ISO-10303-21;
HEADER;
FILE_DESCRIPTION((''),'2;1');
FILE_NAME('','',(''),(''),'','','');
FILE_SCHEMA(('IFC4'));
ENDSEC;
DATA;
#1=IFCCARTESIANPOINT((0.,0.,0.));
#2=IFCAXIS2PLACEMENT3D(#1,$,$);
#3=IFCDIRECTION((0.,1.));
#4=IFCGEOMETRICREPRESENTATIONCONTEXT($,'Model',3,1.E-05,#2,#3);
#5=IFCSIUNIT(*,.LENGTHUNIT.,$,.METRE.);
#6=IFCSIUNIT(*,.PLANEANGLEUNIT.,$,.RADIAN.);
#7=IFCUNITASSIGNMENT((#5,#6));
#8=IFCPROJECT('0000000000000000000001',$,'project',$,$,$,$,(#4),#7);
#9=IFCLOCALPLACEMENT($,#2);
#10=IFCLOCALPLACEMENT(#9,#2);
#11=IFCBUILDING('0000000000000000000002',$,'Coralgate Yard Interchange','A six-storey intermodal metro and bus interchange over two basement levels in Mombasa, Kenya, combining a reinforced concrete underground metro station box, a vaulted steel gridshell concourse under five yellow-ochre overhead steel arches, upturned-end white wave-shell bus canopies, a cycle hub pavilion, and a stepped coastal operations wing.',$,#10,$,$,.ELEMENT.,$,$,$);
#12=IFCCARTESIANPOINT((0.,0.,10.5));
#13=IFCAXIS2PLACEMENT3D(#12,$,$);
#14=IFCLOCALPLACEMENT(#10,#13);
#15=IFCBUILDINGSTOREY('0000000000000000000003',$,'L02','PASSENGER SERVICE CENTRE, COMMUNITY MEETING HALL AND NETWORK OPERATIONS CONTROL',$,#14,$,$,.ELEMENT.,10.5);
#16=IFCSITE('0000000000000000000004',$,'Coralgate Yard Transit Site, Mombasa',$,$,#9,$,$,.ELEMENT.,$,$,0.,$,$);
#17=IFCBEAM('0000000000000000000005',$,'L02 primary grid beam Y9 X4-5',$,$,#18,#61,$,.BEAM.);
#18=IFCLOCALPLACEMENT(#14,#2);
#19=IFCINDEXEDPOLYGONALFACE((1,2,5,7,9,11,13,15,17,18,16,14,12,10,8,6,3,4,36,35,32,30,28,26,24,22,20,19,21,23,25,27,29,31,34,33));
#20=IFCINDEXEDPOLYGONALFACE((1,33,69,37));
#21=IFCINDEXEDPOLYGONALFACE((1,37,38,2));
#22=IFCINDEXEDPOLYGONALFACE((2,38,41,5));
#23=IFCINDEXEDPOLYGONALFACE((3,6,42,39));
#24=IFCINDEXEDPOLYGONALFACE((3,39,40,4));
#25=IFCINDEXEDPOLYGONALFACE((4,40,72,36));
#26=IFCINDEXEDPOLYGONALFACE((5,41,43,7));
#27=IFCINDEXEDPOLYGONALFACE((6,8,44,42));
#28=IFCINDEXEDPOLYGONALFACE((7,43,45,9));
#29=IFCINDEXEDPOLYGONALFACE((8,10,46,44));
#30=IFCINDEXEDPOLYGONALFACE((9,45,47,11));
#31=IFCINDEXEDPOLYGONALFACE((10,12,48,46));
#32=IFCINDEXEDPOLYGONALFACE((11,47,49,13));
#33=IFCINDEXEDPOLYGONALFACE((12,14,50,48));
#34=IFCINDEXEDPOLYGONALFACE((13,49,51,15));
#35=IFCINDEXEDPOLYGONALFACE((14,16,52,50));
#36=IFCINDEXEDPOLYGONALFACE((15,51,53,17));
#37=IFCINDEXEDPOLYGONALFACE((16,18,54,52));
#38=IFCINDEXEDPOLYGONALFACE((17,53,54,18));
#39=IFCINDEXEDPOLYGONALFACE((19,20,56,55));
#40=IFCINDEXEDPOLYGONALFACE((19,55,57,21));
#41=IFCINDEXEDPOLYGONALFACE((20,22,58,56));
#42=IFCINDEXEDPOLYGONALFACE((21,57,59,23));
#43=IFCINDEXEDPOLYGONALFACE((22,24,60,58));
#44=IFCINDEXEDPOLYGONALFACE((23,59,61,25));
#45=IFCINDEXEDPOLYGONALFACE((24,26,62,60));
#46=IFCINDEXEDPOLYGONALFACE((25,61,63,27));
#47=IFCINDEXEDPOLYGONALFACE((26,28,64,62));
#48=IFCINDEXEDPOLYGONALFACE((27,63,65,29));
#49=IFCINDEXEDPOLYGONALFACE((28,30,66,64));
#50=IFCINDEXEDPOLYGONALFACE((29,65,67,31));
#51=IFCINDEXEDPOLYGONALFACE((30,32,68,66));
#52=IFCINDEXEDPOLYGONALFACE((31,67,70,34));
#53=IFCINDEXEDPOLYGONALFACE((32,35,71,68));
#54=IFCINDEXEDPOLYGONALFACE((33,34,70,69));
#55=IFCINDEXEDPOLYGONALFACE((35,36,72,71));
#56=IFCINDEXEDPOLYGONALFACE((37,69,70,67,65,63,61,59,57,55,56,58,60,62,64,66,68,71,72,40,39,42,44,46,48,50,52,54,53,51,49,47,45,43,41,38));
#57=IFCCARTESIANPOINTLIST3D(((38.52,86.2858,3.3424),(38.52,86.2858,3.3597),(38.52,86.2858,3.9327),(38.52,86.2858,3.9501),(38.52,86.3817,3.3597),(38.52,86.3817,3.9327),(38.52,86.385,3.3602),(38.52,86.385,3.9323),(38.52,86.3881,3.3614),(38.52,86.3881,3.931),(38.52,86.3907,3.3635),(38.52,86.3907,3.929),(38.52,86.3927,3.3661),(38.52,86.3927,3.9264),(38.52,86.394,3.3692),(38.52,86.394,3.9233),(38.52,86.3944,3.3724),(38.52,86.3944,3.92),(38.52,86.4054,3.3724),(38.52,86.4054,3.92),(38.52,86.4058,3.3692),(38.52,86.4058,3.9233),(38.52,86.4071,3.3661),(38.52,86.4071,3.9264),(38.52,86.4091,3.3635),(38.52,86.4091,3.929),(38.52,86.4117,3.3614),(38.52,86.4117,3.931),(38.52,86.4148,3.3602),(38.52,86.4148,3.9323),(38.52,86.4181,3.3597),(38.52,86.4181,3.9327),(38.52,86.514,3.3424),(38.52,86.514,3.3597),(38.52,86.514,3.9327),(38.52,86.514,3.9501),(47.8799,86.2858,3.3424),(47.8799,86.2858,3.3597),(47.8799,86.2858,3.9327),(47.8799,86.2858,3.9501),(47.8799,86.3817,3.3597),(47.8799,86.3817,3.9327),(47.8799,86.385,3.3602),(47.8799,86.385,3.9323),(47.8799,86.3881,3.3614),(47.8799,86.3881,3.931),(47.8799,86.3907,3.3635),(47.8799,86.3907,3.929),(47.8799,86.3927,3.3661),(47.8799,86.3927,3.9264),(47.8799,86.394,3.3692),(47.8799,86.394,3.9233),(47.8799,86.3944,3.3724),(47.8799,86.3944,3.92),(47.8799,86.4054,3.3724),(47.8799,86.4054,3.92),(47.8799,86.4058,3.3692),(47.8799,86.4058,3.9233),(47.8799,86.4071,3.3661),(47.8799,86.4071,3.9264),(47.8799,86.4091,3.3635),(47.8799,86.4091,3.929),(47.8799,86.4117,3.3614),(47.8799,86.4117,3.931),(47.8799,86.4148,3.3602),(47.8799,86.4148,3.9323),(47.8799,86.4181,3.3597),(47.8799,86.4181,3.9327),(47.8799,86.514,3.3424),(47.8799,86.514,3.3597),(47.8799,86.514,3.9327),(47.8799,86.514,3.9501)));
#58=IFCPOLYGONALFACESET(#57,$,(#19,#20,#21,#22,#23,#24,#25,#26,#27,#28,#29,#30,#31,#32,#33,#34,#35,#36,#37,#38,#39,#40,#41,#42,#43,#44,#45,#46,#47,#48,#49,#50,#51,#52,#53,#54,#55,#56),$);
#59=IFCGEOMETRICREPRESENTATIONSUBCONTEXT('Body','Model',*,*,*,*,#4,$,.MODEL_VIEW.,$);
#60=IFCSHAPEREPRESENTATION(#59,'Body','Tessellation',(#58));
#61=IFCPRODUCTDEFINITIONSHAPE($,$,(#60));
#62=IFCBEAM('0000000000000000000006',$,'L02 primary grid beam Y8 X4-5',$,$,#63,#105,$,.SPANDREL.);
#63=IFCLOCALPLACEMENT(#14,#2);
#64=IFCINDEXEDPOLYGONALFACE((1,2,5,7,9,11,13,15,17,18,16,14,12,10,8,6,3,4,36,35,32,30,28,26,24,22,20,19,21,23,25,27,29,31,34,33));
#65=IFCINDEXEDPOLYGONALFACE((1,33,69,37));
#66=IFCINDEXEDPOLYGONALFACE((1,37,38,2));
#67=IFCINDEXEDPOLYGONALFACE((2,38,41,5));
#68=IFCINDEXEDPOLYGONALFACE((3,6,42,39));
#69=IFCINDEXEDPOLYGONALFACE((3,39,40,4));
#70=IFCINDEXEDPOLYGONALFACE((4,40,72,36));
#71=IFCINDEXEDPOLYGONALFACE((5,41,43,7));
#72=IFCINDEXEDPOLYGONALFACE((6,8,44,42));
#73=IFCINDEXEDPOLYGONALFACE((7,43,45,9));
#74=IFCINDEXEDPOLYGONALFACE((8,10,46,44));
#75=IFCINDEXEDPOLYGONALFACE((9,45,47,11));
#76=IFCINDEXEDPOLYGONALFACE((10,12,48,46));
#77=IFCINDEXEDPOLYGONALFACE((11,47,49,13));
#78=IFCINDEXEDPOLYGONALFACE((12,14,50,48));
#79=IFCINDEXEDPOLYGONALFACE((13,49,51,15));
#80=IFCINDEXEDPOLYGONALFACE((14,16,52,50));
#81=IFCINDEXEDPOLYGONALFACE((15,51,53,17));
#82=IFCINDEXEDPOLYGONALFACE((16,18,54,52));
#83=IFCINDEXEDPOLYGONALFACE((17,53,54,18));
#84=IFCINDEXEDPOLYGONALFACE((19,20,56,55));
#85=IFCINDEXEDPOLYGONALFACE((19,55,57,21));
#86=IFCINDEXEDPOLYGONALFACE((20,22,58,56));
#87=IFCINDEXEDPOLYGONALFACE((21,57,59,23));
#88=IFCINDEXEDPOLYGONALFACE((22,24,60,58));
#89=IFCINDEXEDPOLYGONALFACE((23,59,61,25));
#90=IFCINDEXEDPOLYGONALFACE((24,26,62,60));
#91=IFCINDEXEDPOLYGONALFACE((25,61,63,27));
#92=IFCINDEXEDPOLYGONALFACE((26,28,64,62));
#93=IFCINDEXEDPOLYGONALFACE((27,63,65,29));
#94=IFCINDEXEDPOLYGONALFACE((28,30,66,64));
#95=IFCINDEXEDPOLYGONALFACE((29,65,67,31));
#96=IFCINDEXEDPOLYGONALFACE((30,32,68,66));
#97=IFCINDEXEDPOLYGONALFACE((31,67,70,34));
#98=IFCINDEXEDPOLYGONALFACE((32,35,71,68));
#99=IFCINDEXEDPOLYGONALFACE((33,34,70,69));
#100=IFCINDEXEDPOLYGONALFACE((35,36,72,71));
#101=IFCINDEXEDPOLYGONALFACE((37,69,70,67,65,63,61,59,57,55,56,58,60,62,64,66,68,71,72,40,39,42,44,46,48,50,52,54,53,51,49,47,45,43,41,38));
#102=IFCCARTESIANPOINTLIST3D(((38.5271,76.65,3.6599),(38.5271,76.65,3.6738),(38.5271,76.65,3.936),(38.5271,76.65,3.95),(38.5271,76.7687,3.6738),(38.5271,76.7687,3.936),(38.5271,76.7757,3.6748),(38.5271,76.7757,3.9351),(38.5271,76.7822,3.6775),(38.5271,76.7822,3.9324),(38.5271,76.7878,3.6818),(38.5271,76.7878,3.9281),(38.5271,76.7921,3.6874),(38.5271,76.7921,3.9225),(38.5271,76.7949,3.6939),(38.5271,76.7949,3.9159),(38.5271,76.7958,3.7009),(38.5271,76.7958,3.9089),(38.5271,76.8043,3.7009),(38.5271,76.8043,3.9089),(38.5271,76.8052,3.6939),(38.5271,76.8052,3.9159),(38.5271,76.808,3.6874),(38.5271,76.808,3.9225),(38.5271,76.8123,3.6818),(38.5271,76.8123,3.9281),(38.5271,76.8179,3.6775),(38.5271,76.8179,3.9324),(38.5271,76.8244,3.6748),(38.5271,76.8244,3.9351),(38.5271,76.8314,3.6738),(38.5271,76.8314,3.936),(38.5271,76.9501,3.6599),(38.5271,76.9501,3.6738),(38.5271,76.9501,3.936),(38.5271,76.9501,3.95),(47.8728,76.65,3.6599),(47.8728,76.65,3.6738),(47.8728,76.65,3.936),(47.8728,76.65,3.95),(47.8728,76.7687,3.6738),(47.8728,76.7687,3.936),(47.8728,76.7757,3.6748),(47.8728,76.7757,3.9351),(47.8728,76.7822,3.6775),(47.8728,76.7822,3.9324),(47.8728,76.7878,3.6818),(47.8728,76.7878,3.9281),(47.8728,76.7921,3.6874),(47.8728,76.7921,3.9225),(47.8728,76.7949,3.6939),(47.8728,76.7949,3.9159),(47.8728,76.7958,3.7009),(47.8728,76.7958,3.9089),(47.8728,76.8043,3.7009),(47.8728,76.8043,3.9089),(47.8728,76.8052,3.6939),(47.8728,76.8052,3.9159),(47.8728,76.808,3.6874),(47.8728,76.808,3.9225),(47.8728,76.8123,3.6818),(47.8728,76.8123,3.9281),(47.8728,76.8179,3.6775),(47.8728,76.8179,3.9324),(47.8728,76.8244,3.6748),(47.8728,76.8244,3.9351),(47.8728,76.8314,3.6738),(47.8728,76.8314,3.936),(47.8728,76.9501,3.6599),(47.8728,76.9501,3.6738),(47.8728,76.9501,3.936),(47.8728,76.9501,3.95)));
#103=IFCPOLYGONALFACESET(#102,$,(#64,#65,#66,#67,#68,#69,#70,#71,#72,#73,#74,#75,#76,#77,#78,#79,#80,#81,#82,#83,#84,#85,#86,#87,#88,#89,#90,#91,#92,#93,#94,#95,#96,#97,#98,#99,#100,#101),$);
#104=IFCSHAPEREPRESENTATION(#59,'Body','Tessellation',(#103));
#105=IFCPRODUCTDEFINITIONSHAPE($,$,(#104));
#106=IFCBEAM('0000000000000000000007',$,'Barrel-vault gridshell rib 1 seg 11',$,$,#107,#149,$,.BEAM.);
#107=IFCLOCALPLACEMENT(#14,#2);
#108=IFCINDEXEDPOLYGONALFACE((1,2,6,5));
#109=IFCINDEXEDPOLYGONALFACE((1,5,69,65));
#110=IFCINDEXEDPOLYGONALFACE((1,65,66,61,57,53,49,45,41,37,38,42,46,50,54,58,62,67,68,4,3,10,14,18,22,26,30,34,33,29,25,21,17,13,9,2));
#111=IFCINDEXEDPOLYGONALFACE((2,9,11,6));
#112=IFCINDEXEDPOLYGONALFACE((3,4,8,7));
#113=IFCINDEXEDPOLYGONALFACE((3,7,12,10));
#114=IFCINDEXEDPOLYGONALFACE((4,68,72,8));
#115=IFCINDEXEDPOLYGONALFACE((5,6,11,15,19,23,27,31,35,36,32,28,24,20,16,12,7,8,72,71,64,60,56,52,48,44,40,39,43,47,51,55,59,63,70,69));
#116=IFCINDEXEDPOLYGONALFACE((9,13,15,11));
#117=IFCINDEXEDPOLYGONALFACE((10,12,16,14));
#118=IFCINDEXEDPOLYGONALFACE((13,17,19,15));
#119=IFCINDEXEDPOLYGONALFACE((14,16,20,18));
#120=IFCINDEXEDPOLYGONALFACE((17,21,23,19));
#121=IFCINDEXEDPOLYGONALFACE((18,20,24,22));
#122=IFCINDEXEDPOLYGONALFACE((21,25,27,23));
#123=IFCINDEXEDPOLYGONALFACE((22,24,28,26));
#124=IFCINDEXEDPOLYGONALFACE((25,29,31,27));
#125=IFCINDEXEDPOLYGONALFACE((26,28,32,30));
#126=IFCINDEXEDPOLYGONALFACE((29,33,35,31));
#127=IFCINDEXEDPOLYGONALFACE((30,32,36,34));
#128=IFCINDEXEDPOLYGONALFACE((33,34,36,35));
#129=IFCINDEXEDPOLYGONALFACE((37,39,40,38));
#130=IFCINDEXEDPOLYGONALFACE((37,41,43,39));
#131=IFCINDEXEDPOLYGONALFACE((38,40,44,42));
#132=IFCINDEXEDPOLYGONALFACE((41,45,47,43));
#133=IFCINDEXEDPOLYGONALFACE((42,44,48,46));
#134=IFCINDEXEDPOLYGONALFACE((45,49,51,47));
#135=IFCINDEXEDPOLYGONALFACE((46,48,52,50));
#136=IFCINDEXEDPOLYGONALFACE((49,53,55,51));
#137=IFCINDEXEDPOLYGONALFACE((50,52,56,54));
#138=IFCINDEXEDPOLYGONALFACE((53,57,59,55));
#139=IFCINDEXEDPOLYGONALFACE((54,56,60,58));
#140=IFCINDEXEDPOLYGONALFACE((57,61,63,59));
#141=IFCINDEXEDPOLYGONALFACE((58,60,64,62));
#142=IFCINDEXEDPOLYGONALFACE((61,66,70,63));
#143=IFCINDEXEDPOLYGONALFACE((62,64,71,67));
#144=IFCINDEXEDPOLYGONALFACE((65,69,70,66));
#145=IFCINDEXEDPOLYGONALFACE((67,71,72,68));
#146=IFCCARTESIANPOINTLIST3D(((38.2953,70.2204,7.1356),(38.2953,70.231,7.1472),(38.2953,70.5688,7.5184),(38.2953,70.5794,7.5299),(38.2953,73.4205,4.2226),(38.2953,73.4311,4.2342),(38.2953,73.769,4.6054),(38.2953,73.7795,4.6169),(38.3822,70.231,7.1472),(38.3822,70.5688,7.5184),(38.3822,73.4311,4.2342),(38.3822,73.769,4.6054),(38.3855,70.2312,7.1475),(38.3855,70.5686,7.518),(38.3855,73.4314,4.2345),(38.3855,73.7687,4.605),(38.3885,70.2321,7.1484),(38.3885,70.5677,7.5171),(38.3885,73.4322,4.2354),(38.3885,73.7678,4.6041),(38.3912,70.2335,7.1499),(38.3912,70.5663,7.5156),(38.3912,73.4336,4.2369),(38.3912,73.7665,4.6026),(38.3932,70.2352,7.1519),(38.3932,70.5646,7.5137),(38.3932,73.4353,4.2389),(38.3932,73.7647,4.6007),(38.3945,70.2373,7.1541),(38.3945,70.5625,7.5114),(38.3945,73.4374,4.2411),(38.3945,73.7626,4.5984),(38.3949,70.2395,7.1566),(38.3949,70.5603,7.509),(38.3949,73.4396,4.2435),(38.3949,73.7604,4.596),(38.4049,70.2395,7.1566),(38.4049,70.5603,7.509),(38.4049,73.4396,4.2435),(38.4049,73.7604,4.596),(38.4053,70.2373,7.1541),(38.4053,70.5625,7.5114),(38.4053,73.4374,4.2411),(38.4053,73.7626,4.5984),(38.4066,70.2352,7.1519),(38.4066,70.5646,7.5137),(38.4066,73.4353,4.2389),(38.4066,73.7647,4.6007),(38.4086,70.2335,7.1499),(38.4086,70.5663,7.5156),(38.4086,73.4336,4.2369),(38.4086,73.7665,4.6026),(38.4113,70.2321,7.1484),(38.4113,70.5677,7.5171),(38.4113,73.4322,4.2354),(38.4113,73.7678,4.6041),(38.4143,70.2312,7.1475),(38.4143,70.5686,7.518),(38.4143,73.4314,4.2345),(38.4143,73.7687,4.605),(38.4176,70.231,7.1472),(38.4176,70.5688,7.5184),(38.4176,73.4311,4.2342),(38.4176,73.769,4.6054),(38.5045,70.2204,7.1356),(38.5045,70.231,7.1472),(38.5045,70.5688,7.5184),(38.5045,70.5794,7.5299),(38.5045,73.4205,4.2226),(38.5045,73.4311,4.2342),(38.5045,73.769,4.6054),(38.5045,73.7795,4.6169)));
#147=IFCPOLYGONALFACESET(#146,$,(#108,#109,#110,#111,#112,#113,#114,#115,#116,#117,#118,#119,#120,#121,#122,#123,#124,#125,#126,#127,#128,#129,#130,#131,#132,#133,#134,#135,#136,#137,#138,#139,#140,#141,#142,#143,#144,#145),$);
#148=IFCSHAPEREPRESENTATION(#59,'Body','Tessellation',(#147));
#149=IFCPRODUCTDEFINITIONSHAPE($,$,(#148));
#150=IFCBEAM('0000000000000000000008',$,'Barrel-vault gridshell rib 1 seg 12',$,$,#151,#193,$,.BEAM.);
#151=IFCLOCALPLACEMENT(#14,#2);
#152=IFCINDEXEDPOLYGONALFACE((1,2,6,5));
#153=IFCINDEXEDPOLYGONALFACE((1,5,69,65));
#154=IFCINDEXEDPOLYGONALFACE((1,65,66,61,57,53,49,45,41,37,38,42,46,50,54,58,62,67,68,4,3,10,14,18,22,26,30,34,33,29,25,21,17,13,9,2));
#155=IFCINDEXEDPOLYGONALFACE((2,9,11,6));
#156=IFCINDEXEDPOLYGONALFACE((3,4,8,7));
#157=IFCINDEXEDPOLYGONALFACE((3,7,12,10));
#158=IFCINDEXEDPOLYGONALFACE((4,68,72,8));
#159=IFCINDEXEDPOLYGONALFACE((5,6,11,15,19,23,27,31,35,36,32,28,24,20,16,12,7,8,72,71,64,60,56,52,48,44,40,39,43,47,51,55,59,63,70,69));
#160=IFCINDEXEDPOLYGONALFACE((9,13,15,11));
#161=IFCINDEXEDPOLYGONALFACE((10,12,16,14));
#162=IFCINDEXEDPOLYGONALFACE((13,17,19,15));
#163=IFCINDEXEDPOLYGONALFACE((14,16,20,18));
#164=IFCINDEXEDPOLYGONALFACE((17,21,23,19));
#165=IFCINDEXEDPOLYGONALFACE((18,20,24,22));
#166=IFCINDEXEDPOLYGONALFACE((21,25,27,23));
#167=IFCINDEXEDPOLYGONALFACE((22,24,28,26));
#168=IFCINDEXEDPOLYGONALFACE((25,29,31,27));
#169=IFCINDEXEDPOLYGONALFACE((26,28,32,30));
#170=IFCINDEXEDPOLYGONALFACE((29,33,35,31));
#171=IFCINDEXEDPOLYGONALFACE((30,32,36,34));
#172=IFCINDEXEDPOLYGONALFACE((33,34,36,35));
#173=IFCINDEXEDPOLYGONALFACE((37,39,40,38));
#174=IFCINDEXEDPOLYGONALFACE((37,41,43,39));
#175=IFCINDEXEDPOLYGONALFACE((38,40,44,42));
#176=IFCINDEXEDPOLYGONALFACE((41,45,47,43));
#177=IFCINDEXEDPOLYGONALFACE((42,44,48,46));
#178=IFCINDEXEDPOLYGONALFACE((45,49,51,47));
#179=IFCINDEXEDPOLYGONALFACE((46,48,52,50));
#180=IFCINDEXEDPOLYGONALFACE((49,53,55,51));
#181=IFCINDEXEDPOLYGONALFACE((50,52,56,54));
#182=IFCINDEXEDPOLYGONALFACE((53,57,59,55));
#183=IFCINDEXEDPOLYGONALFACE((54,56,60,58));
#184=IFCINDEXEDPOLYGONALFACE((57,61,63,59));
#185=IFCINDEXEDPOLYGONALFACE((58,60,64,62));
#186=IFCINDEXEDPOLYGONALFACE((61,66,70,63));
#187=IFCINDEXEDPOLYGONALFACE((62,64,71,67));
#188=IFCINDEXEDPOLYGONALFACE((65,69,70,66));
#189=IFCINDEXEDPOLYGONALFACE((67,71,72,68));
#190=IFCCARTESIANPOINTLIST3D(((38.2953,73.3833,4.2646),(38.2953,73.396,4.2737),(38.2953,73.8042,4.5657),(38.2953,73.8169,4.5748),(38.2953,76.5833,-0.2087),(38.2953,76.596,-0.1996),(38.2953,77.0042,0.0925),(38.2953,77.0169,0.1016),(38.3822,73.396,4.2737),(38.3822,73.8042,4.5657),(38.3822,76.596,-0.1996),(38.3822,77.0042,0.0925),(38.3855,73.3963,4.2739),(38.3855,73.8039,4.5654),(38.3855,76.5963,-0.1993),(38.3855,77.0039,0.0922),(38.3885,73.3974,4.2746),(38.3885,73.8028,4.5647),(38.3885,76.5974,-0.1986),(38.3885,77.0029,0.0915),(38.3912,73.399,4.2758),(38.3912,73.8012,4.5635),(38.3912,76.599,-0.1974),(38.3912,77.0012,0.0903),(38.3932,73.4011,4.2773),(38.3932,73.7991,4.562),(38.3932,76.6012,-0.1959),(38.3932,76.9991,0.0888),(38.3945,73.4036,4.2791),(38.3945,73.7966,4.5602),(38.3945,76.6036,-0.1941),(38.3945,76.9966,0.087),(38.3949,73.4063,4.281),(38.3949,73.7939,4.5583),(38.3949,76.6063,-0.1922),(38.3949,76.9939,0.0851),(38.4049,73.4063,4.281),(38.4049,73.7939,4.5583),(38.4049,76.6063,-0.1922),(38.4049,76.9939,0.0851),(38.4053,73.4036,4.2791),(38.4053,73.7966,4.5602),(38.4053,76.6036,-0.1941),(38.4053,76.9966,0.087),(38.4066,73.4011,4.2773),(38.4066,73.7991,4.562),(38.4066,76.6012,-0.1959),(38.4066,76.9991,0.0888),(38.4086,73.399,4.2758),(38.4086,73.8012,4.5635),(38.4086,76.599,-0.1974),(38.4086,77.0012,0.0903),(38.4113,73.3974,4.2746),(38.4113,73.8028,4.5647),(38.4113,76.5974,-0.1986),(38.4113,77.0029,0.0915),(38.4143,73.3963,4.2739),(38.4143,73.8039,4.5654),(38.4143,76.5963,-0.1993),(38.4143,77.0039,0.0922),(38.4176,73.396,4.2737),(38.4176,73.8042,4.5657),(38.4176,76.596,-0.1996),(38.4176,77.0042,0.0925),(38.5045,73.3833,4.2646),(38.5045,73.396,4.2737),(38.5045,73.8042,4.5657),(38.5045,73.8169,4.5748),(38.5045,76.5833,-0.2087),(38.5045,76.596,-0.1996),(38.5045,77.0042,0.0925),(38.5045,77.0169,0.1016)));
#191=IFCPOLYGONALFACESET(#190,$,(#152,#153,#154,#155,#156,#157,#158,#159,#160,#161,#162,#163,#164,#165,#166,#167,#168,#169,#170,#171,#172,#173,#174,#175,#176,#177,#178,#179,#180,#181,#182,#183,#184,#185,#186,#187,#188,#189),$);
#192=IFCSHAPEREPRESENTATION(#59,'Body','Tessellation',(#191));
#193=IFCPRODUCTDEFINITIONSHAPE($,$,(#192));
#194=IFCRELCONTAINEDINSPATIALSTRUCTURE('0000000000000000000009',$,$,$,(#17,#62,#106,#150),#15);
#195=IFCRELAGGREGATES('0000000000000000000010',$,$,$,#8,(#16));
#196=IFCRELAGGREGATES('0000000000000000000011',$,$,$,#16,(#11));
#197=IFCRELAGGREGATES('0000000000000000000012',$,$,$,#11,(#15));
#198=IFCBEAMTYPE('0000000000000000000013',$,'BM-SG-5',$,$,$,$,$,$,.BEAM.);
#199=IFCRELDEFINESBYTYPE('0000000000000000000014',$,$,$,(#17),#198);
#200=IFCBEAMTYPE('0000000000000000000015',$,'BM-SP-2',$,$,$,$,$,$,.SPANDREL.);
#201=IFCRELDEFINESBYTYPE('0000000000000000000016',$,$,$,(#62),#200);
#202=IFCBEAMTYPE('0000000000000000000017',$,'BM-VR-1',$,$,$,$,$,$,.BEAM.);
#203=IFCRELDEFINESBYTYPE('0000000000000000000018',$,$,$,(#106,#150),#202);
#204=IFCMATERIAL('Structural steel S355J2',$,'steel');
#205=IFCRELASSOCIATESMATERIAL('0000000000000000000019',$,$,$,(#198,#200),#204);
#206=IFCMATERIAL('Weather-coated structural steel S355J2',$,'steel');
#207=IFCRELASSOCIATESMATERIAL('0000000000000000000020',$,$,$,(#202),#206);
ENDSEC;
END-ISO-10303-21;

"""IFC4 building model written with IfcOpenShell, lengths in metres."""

from ifc_helpers import new_model, si_unit, direction, frame, origin, origin_2d, place, context, subcontext, project, spatial, i_section, extrude, material, material_profile, profile_set, type_object, element, save


model = new_model("IFC4")

# Units and contexts
model_context = context("Model", 3, precision=1e-05, world=origin(), true_north=direction((0.0, 1.0)))
body_context = subcontext(model_context, "Body", "Model", "MODEL_VIEW")
ifc_project = project(units=[si_unit("LENGTHUNIT", "METRE"), si_unit("PLANEANGLEUNIT", "RADIAN")], contexts=[model_context])

# Site, building, storey
site_placement = place(None, origin())
site = spatial("IfcSite", under=ifc_project, at=site_placement, Name="Coralgate Yard Transit Site, Mombasa", CompositionType="ELEMENT", RefElevation=0.0)
building_placement = place(site_placement, origin())
building = spatial("IfcBuilding", under=site, at=building_placement, Name="Coralgate Yard Interchange", Description="A six-storey intermodal metro and bus interchange over two basement levels in Mombasa, Kenya, combining a reinforced concrete underground metro station box, a vaulted steel gridshell concourse under five yellow-ochre overhead steel arches, upturned-end white wave-shell bus canopies, a cycle hub pavilion, and a stepped coastal operations wing.", CompositionType="ELEMENT")
storey_placement = place(building_placement, frame((0.0, 0.0, 10.5)))
storey = spatial("IfcBuildingStorey", under=building, at=storey_placement, Name="L02", Description="PASSENGER SERVICE CENTRE, COMMUNITY MEETING HALL AND NETWORK OPERATIONS CONTROL", CompositionType="ELEMENT", Elevation=10.5)

# Shared definitions
ifc_material_1 = material(Name="Structural steel S355J2", Category="steel")

# Beams
ifc_material_profile_1 = material_profile(ifc_material_1, i_section(OverallWidth=0.2283, OverallDepth=0.6077, WebThickness=0.011, FlangeThickness=0.0173, FilletRadius=0.0127, at=origin_2d()), Name="UB 610x229x113")
ifc_profile_set_1 = profile_set([ifc_material_profile_1], Name="Structural steel S355J2")
beam_type_1 = type_object("IfcBeamType", Name="BM-SG-5", PredefinedType="BEAM", material=ifc_profile_set_1)
beam_1_placement = place(storey_placement, frame((38.52, 86.3999, 3.6462), z_axis=(1.0, 0.0, 0.0), x_axis=(0.0, 1.0, 0.0)))
element("IfcBeam", 1, at=beam_1_placement, inside=storey, type_object=beam_type_1, Name="L02 primary grid beam Y9 X4-5", PredefinedType="BEAM", context=body_context, shape_type="SweptSolid", body=[
    extrude(i_section(OverallWidth=0.2283, OverallDepth=0.6077, WebThickness=0.011, FlangeThickness=0.0173, FilletRadius=0.0127, at=origin_2d()), origin(), (0.0, 0.0, 1.0), 9.3599),
])
ifc_material_profile_2 = material_profile(ifc_material_1, i_section(OverallWidth=0.3, OverallDepth=0.29, WebThickness=0.0085, FlangeThickness=0.0139, FilletRadius=0.0271, at=origin_2d()), Name="HEA 300")
ifc_profile_set_2 = profile_set([ifc_material_profile_2], Name="Structural steel S355J2")
beam_type_2 = type_object("IfcBeamType", Name="BM-SP-2", PredefinedType="SPANDREL", material=ifc_profile_set_2)
beam_2_placement = place(storey_placement, frame((38.5271, 76.8, 3.8049), z_axis=(1.0, 0.0, 0.0), x_axis=(0.0, 1.0, 0.0)))
element("IfcBeam", 2, at=beam_2_placement, inside=storey, type_object=beam_type_2, Name="L02 primary grid beam Y8 X4-5", PredefinedType="SPANDREL", context=body_context, shape_type="SweptSolid", body=[
    extrude(i_section(OverallWidth=0.3, OverallDepth=0.29, WebThickness=0.0085, FlangeThickness=0.0139, FilletRadius=0.0271, at=origin_2d()), origin(), (0.0, 0.0, 1.0), 9.3457),
])
ifc_material_2 = material(Name="Weather-coated structural steel S355J2", Category="steel")
ifc_material_profile_3 = material_profile(ifc_material_2, i_section(OverallWidth=0.2092, OverallDepth=0.5332, WebThickness=0.01, FlangeThickness=0.0156, FilletRadius=0.0127, at=origin_2d()), Name="UB 533x210x92")
ifc_profile_set_3 = profile_set([ifc_material_profile_3], Name="Weather-coated structural steel S355J2")
beam_type_3 = type_object("IfcBeamType", Name="BM-VR-1", PredefinedType="BEAM", material=ifc_profile_set_3)
beam_3_placement = place(storey_placement, frame((38.3999, 70.3999, 7.3328), z_axis=(0.0, 0.739501, -0.673156), x_axis=(-1.0, 0.0, 0.0)))
element("IfcBeam", 3, at=beam_3_placement, inside=storey, type_object=beam_type_3, Name="Barrel-vault gridshell rib 1 seg 11", PredefinedType="BEAM", context=body_context, shape_type="SweptSolid", body=[
    extrude(i_section(OverallWidth=0.2092, OverallDepth=0.5332, WebThickness=0.01, FlangeThickness=0.0156, FilletRadius=0.0127, at=origin_2d()), origin(), (0.0, 0.0, 1.0), 4.3274),
])
beam_4_placement = place(storey_placement, frame((38.3999, 73.6001, 4.4197), z_axis=(0.0, 0.581822, -0.813316), x_axis=(-1.0, 0.0, 0.0)))
element("IfcBeam", 4, at=beam_4_placement, inside=storey, type_object=beam_type_3, Name="Barrel-vault gridshell rib 1 seg 12", PredefinedType="BEAM", context=body_context, shape_type="SweptSolid", body=[
    extrude(i_section(OverallWidth=0.2092, OverallDepth=0.5332, WebThickness=0.01, FlangeThickness=0.0156, FilletRadius=0.0127, at=origin_2d()), origin(), (0.0, 0.0, 1.0), 5.5),
])

save(model, "model.ifc")
